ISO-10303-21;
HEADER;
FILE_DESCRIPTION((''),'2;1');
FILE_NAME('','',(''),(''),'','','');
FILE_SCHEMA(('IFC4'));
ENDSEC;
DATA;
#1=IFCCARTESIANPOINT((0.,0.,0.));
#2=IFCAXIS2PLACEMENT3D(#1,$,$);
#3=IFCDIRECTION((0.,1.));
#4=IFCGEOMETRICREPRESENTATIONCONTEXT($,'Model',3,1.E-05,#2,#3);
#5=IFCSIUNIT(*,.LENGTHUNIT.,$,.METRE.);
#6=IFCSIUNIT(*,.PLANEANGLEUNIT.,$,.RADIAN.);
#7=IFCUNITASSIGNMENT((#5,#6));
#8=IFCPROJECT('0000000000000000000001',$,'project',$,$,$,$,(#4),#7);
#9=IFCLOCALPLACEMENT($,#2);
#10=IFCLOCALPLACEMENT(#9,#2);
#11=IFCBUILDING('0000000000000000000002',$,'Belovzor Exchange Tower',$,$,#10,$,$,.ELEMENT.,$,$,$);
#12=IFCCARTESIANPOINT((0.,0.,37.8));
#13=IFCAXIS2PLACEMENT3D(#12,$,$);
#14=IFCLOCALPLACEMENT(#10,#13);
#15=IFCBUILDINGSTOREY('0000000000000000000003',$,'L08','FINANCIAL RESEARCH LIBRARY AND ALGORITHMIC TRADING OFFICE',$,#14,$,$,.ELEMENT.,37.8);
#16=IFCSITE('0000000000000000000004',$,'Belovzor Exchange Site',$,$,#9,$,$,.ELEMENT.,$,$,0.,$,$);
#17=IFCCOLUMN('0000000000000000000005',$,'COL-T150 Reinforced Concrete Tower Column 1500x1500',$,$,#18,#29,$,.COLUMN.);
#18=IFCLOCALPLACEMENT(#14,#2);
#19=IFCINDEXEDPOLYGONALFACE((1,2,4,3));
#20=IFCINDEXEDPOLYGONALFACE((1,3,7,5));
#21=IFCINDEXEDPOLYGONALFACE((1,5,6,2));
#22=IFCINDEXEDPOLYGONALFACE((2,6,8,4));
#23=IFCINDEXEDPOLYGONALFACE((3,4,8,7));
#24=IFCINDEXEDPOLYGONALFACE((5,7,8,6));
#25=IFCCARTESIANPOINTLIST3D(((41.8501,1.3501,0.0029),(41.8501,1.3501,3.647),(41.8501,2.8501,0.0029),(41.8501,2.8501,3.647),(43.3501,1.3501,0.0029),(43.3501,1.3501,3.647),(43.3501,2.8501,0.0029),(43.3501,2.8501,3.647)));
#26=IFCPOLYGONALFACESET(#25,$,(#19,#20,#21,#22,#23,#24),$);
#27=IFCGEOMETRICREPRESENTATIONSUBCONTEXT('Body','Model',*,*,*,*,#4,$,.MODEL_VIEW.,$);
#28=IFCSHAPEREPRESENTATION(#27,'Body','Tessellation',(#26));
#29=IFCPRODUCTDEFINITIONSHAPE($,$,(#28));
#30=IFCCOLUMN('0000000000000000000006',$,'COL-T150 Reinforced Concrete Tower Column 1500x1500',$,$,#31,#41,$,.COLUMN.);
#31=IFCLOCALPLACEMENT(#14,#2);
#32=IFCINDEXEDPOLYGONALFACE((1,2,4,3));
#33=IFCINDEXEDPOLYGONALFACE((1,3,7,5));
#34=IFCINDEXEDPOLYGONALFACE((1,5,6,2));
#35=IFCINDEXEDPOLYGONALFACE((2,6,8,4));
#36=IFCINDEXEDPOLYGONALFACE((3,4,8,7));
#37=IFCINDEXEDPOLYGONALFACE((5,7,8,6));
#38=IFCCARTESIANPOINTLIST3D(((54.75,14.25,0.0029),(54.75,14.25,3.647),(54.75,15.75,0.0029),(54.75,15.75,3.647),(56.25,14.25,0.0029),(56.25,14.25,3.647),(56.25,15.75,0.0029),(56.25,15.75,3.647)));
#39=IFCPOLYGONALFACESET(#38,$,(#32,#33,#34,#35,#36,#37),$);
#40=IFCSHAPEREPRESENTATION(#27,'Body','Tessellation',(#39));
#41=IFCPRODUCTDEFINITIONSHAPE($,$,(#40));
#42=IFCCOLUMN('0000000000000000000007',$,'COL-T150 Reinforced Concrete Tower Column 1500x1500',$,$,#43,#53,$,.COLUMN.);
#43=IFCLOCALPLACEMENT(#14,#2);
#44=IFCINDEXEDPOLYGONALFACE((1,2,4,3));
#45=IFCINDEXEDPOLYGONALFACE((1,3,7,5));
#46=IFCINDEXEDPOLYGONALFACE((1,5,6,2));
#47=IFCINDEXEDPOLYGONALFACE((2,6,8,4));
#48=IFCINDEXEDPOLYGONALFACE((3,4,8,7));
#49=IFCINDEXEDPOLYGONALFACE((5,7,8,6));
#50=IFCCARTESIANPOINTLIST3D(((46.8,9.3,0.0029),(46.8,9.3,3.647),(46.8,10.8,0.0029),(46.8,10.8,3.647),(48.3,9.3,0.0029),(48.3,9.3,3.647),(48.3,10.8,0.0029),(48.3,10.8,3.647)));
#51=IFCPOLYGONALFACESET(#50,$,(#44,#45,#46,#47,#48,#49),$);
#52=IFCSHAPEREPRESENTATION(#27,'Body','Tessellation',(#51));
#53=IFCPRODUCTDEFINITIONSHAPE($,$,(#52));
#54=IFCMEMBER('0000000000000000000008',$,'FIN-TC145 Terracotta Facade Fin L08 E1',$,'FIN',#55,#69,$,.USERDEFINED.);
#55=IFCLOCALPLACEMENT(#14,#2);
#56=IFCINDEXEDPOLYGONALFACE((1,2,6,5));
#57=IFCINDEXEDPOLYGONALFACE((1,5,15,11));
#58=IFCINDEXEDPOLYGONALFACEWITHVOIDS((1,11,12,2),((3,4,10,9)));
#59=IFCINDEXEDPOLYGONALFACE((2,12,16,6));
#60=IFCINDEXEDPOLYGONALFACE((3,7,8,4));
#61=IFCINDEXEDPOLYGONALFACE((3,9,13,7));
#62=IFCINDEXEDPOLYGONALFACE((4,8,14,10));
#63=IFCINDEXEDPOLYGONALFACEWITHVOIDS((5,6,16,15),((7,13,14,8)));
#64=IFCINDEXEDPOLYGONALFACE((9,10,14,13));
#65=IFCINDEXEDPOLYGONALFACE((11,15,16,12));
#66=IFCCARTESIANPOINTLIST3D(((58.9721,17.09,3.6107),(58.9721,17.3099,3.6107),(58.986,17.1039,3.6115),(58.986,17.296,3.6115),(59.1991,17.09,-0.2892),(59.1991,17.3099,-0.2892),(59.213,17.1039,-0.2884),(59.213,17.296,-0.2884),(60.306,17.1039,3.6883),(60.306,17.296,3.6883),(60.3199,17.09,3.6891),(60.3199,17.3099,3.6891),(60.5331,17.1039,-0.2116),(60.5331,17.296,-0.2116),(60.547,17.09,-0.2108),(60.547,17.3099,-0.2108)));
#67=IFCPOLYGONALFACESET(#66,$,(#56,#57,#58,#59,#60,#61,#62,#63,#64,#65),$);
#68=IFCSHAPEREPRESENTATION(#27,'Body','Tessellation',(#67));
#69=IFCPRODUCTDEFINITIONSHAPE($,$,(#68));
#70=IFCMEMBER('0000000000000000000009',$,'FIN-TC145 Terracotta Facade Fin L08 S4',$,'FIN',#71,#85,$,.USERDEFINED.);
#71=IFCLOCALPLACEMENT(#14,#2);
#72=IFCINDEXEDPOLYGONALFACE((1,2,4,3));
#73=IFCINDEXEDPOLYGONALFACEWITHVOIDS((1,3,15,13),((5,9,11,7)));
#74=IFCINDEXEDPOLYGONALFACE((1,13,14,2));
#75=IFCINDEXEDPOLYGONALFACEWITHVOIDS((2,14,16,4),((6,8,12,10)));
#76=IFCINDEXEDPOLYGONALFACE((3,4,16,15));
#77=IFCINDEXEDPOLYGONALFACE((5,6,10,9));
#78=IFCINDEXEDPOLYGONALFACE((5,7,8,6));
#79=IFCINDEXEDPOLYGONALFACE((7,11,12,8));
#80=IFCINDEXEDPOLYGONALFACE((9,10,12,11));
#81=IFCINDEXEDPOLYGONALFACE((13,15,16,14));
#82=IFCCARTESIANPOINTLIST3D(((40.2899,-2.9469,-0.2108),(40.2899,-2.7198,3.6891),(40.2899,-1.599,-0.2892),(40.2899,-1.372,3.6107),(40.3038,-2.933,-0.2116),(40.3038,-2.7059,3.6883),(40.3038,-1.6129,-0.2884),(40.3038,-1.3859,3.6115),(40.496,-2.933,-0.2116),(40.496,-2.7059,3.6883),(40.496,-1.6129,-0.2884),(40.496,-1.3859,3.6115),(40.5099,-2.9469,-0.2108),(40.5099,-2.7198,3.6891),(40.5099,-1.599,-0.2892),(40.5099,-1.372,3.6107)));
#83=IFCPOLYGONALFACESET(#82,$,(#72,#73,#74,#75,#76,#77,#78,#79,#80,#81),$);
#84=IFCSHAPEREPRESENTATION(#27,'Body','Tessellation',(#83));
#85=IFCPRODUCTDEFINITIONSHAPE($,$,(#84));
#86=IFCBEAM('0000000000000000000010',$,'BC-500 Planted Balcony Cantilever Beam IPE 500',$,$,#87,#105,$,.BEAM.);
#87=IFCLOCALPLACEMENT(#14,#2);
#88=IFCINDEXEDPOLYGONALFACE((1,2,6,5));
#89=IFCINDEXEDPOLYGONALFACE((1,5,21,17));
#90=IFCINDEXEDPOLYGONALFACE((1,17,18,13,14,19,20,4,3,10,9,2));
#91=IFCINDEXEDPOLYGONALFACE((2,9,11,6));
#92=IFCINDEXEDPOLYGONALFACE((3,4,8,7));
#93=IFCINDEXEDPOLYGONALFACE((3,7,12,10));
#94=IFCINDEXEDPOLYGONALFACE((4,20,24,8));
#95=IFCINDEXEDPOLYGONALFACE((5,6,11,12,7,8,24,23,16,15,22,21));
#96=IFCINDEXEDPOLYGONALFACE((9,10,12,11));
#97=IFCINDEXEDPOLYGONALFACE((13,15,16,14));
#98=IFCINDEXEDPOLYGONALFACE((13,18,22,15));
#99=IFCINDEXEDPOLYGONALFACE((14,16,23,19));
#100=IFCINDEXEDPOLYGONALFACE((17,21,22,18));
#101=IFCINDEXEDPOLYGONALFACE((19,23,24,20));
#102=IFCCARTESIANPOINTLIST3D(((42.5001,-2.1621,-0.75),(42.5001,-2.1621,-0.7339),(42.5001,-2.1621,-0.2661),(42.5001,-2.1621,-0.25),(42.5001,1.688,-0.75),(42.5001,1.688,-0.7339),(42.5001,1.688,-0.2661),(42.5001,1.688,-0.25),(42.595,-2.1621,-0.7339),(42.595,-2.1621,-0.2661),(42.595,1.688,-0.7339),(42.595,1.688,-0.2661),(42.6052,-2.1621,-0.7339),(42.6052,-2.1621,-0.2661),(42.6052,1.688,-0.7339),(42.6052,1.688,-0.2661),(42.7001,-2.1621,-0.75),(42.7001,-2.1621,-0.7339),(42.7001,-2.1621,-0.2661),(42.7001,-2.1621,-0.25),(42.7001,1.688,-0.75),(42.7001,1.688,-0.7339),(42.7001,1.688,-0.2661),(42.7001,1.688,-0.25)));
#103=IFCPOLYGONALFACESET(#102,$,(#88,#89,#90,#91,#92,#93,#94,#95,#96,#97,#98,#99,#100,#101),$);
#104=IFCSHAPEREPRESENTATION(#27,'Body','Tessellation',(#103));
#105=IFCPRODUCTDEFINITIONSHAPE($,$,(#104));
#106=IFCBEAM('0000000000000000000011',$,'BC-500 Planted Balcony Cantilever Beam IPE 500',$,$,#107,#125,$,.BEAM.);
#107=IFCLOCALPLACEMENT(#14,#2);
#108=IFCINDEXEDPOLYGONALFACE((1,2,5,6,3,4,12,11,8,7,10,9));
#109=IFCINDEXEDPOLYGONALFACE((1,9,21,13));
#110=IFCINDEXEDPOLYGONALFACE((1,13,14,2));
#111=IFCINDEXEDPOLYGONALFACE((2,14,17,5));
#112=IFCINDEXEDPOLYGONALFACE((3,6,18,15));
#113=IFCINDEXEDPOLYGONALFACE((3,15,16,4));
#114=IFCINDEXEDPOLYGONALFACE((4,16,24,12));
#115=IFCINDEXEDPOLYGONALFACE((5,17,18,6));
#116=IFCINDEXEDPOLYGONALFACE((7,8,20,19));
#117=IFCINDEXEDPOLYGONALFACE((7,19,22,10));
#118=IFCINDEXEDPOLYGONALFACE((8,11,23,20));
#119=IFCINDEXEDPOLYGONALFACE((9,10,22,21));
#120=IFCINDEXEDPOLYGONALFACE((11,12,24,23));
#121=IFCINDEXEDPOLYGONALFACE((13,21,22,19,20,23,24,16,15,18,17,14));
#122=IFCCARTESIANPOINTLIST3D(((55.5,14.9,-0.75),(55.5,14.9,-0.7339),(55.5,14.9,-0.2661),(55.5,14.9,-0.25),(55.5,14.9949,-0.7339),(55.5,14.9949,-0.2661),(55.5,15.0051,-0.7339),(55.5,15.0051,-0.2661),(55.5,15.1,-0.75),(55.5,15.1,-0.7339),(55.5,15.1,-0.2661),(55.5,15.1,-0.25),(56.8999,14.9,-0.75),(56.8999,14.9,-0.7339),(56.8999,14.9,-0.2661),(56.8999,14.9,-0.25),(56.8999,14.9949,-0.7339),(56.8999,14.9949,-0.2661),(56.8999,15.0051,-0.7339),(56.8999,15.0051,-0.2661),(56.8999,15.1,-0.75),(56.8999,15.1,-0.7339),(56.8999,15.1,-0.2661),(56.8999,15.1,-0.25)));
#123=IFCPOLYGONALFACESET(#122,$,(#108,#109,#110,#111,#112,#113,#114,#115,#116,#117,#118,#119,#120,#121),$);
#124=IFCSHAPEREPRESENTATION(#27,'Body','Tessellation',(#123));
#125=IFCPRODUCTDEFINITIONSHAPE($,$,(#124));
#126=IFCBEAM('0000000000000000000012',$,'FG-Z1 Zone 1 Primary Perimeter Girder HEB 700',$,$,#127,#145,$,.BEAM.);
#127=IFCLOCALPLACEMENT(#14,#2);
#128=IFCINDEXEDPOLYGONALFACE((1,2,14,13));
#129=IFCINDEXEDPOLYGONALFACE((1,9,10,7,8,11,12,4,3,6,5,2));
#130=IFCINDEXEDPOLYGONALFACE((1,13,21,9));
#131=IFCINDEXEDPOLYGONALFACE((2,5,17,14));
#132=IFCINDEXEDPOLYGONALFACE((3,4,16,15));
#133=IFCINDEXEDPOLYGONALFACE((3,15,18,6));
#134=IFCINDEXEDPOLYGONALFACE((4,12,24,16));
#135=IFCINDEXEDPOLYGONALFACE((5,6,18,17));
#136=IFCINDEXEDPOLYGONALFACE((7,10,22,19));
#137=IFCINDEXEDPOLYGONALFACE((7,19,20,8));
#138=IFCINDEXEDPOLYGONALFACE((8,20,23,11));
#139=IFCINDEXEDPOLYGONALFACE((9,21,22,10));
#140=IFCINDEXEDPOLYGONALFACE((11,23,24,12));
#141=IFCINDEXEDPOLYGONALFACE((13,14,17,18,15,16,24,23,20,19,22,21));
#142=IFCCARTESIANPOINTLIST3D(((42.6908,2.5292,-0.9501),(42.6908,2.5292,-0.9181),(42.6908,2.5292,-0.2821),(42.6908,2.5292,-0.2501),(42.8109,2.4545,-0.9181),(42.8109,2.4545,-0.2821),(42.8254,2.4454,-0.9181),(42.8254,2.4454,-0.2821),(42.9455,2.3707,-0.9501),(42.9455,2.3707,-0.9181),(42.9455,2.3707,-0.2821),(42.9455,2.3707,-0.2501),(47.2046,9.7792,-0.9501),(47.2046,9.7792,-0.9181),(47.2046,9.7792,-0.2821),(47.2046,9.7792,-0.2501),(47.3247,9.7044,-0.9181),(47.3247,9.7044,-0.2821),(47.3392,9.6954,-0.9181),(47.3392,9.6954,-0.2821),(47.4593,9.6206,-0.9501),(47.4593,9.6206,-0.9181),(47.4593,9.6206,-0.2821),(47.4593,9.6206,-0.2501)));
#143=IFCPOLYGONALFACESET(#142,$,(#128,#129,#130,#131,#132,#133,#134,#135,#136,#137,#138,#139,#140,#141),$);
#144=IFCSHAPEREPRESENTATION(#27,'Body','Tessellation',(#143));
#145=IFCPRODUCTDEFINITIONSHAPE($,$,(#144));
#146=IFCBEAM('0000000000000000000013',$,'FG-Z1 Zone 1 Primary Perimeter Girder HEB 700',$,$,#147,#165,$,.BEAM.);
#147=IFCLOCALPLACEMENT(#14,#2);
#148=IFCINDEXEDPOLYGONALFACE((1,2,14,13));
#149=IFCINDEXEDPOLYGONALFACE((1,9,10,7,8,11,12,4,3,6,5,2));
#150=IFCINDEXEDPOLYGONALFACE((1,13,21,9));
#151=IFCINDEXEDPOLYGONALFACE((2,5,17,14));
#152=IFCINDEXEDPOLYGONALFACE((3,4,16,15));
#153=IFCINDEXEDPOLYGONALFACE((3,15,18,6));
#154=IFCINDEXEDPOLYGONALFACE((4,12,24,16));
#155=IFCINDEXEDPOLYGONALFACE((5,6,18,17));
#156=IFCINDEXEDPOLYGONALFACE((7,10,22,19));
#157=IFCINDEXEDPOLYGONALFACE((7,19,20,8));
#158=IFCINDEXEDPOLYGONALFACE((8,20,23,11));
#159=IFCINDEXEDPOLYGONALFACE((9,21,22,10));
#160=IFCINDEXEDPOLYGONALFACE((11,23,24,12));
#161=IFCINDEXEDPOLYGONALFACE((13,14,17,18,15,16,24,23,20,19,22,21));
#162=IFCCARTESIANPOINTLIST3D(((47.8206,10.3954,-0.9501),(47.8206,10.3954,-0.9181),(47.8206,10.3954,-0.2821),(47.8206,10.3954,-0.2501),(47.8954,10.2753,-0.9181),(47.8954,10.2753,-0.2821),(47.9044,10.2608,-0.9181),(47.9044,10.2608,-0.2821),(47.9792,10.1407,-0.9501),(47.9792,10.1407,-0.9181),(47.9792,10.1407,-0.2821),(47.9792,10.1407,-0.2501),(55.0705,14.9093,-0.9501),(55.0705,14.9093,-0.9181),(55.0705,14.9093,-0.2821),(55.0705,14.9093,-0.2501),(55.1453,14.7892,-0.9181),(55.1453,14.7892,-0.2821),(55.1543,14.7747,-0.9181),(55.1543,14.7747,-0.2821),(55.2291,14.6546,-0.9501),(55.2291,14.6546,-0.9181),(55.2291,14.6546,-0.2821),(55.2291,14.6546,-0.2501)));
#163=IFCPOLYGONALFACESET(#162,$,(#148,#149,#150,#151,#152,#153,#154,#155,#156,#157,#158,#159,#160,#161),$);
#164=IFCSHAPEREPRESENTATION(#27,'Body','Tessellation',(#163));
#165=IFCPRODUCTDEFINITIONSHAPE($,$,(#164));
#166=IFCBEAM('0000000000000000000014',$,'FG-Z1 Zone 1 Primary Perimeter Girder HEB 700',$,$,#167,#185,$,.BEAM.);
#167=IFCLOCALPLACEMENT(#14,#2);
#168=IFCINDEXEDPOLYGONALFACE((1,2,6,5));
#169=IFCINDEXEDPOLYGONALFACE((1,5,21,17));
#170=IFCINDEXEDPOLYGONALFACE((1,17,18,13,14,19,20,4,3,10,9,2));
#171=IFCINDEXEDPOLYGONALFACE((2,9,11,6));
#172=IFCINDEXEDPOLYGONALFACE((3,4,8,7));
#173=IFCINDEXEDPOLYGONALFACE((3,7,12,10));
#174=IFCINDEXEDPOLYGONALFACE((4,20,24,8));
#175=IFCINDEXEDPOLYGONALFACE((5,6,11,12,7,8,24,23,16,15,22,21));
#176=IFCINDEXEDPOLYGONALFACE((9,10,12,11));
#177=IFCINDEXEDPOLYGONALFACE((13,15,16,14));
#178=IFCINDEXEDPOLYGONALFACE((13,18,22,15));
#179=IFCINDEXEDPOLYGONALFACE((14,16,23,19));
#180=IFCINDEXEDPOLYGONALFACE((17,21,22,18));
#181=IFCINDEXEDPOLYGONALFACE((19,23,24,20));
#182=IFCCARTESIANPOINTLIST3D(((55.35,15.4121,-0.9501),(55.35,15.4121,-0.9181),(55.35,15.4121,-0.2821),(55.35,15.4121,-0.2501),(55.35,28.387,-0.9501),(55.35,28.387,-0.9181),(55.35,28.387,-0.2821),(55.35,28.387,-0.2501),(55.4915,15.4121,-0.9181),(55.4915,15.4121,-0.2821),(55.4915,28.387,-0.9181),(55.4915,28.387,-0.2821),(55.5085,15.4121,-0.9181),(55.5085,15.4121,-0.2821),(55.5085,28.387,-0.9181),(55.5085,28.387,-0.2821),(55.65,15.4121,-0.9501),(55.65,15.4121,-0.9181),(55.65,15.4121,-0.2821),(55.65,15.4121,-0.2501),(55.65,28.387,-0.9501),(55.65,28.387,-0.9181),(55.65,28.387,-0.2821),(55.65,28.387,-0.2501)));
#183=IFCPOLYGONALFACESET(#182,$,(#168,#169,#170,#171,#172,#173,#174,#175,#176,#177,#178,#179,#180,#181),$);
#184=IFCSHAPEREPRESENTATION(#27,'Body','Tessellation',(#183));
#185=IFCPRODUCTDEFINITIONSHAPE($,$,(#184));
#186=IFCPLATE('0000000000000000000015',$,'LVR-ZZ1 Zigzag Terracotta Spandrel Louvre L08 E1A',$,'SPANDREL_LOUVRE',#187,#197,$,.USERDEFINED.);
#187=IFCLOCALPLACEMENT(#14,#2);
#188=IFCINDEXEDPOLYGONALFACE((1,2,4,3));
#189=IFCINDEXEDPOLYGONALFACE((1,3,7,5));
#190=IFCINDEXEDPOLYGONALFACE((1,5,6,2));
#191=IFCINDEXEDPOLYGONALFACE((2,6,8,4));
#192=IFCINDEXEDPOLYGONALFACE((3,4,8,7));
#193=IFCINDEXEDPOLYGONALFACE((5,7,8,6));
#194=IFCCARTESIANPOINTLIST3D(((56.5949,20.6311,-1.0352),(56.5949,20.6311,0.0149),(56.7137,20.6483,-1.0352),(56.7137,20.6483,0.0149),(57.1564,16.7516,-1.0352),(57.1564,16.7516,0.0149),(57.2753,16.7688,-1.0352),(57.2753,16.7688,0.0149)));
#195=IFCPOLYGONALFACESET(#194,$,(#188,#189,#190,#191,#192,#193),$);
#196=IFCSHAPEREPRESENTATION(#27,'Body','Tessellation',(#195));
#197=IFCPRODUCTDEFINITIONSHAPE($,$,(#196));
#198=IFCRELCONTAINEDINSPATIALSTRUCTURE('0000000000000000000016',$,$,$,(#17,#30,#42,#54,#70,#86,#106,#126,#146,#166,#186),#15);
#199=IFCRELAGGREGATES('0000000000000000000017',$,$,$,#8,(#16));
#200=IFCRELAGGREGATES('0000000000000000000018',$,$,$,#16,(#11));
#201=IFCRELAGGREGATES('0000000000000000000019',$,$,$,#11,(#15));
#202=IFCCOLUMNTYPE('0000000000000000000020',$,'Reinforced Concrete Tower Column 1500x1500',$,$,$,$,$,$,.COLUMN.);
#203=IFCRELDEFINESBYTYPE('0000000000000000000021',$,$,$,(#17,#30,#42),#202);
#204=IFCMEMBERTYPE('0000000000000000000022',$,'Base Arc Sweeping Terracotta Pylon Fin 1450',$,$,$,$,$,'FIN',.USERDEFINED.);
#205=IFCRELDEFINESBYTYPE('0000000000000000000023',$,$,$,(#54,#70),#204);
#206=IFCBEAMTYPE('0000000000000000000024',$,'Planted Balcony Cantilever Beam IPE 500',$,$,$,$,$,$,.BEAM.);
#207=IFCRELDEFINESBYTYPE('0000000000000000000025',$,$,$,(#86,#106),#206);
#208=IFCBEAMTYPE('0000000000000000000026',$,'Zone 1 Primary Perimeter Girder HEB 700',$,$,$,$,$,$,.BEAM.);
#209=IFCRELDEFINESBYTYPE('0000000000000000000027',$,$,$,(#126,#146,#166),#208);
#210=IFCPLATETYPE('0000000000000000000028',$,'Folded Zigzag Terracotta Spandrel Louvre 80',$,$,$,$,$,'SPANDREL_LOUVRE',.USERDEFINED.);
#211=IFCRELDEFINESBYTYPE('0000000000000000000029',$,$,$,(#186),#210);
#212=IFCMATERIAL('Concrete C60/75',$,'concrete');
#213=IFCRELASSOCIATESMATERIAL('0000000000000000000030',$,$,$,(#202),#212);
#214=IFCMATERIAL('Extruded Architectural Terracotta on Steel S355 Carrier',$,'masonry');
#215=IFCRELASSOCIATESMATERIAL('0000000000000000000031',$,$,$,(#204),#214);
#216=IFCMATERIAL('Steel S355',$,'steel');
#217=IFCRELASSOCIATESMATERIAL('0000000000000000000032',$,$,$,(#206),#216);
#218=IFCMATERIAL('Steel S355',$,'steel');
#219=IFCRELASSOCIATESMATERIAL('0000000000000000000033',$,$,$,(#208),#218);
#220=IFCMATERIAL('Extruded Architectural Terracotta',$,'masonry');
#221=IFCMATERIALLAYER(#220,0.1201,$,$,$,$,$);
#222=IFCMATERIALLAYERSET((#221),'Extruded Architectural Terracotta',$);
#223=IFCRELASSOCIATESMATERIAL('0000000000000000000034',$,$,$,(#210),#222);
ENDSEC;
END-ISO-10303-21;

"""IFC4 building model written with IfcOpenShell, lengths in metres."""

from ifc_helpers import new_model, si_unit, direction, frame, origin, origin_2d, place, context, subcontext, project, spatial, rectangle, hollow_rectangle, i_section, extrude, material, layer, layer_set, material_profile, profile_set, type_object, element, save


model = new_model("IFC4")

# Units and contexts
model_context = context("Model", 3, precision=1e-05, world=origin(), true_north=direction((0.0, 1.0)))
body_context = subcontext(model_context, "Body", "Model", "MODEL_VIEW")
ifc_project = project(units=[si_unit("LENGTHUNIT", "METRE"), si_unit("PLANEANGLEUNIT", "RADIAN")], contexts=[model_context])

# Site, building, storey
site_placement = place(None, origin())
site = spatial("IfcSite", under=ifc_project, at=site_placement, Name="Belovzor Exchange Site", CompositionType="ELEMENT", RefElevation=0.0)
building_placement = place(site_placement, origin())
building = spatial("IfcBuilding", under=site, at=building_placement, Name="Belovzor Exchange Tower", CompositionType="ELEMENT")
storey_placement = place(building_placement, frame((0.0, 0.0, 37.8)))
storey = spatial("IfcBuildingStorey", under=building, at=storey_placement, Name="L08", Description="FINANCIAL RESEARCH LIBRARY AND ALGORITHMIC TRADING OFFICE", CompositionType="ELEMENT", Elevation=37.8)

# Columns
ifc_material_1 = material(Name="Concrete C60/75", Category="concrete")
ifc_material_profile_1 = material_profile(ifc_material_1, rectangle(XDim=1.5, YDim=1.5, at=origin_2d()))
ifc_profile_set_1 = profile_set([ifc_material_profile_1], Name="Concrete C60/75")
column_type = type_object("IfcColumnType", Name="Reinforced Concrete Tower Column 1500x1500", PredefinedType="COLUMN", material=ifc_profile_set_1)
for number, where, z_axis, x_axis, name in (
    (1, (42.6001, 2.1001, 0.0029), (0.0, 0.0, 1.0), (1.0, 0.0, 0.0), "COL-T150 Reinforced Concrete Tower Column 1500x1500"),
    (2, (55.5, 15.0, 0.0029), (0.0, 0.0, 1.0), (1.0, 0.0, 0.0), "COL-T150 Reinforced Concrete Tower Column 1500x1500"),
    (3, (47.55, 10.05, 0.0029), (0.0, 0.0, 1.0), (1.0, 0.0, 0.0), "COL-T150 Reinforced Concrete Tower Column 1500x1500"),
):
    element("IfcColumn", number, at=place(storey_placement, frame(where, z_axis=z_axis, x_axis=x_axis)), inside=storey, type_object=column_type, Name=name, PredefinedType="COLUMN", context=body_context, shape_type="SweptSolid", body=[
        extrude(rectangle(XDim=1.5, YDim=1.5, at=origin_2d()), origin(), (0.0, 0.0, 1.0), 3.644),
    ])

# Members
ifc_material_2 = material(Name="Extruded Architectural Terracotta on Steel S355 Carrier", Category="masonry")
ifc_material_profile_2 = material_profile(ifc_material_2, hollow_rectangle(XDim=0.22, YDim=1.3501, WallThickness=0.0139, at=origin_2d()))
ifc_profile_set_2 = profile_set([ifc_material_profile_2], Name="Extruded Architectural Terracotta on Steel S355 Carrier")
member_type = type_object("IfcMemberType", Name="Base Arc Sweeping Terracotta Pylon Fin 1450", ElementType="FIN", PredefinedType="USERDEFINED", material=ifc_profile_set_2)
for number, where, z_axis, x_axis, name in (
    (4, (59.873, 17.2, -0.25), (-0.058121, 0.0, 0.99831), (0.0, -1.0, 0.0), "FIN-TC145 Terracotta Facade Fin L08 E1"),
    (5, (40.3999, -2.2729, -0.25), (0.0, 0.058121, 0.99831), (-1.0, 0.0, 0.0), "FIN-TC145 Terracotta Facade Fin L08 S4"),
):
    element("IfcMember", number, at=place(storey_placement, frame(where, z_axis=z_axis, x_axis=x_axis)), inside=storey, type_object=member_type, Name=name, ObjectType="FIN", PredefinedType="USERDEFINED", context=body_context, shape_type="SweptSolid", body=[
        extrude(hollow_rectangle(XDim=0.22, YDim=1.3501, WallThickness=0.0139, at=origin_2d()), origin(), (0.0, 0.0, 1.0), 3.9065),
    ])

# Beams
ifc_material_3 = material(Name="Steel S355", Category="steel")
ifc_material_profile_3 = material_profile(ifc_material_3, i_section(OverallWidth=0.2, OverallDepth=0.5, WebThickness=0.0103, FlangeThickness=0.0161, at=origin_2d()))
ifc_profile_set_3 = profile_set([ifc_material_profile_3], Name="Steel S355")
beam_type_1 = type_object("IfcBeamType", Name="Planted Balcony Cantilever Beam IPE 500", PredefinedType="BEAM", material=ifc_profile_set_3)
beam_1_placement = place(storey_placement, frame((42.6001, 1.688, -0.5), z_axis=(0.0, -1.0, 0.0), x_axis=(1.0, 0.0, 0.0)))
element("IfcBeam", 6, at=beam_1_placement, inside=storey, type_object=beam_type_1, Name="BC-500 Planted Balcony Cantilever Beam IPE 500", PredefinedType="BEAM", context=body_context, shape_type="SweptSolid", body=[
    extrude(i_section(OverallWidth=0.2, OverallDepth=0.5, WebThickness=0.0103, FlangeThickness=0.0161, at=origin_2d()), origin(), (0.0, 0.0, 1.0), 3.8501),
])
beam_2_placement = place(storey_placement, frame((55.5, 15.0, -0.5), z_axis=(1.0, 0.0, 0.0), x_axis=(0.0, 1.0, 0.0)))
element("IfcBeam", 7, at=beam_2_placement, inside=storey, type_object=beam_type_1, Name="BC-500 Planted Balcony Cantilever Beam IPE 500", PredefinedType="BEAM", context=body_context, shape_type="SweptSolid", body=[
    extrude(i_section(OverallWidth=0.2, OverallDepth=0.5, WebThickness=0.0103, FlangeThickness=0.0161, at=origin_2d()), origin(), (0.0, 0.0, 1.0), 1.3999),
])
ifc_material_4 = material(Name="Steel S355", Category="steel")
ifc_material_profile_4 = material_profile(ifc_material_4, i_section(OverallWidth=0.3, OverallDepth=0.7, WebThickness=0.0171, FlangeThickness=0.032, at=origin_2d()))
ifc_profile_set_4 = profile_set([ifc_material_profile_4], Name="Steel S355")
beam_type_2 = type_object("IfcBeamType", Name="Zone 1 Primary Perimeter Girder HEB 700", PredefinedType="BEAM", material=ifc_profile_set_4)
for number, where, z_axis, x_axis, name in (
    (8, (42.8181, 2.45, -0.6001), (0.528539, 0.848909, 0.0), (-0.848909, 0.528539, 0.0), "FG-Z1 Zone 1 Primary Perimeter Girder HEB 700"),
    (9, (47.8999, 10.2681, -0.6001), (0.848909, 0.528539, 0.0), (-0.528539, 0.848909, 0.0), "FG-Z1 Zone 1 Primary Perimeter Girder HEB 700"),
):
    element("IfcBeam", number, at=place(storey_placement, frame(where, z_axis=z_axis, x_axis=x_axis)), inside=storey, type_object=beam_type_2, Name=name, PredefinedType="BEAM", context=body_context, shape_type="SweptSolid", body=[
        extrude(i_section(OverallWidth=0.3, OverallDepth=0.7, WebThickness=0.0171, FlangeThickness=0.032, at=origin_2d()), origin(), (0.0, 0.0, 1.0), 8.5403),
    ])
beam_3_placement = place(storey_placement, frame((55.5, 15.4121, -0.6001), z_axis=(0.0, 1.0, 0.0), x_axis=(-1.0, 0.0, 0.0)))
element("IfcBeam", 10, at=beam_3_placement, inside=storey, type_object=beam_type_2, Name="FG-Z1 Zone 1 Primary Perimeter Girder HEB 700", PredefinedType="BEAM", context=body_context, shape_type="SweptSolid", body=[
    extrude(i_section(OverallWidth=0.3, OverallDepth=0.7, WebThickness=0.0171, FlangeThickness=0.032, at=origin_2d()), origin(), (0.0, 0.0, 1.0), 12.9749),
])

# Plate
ifc_material_5 = material(Name="Extruded Architectural Terracotta", Category="masonry")
ifc_layer_1 = layer(ifc_material_5, 0.1201)
ifc_layer_set_1 = layer_set([ifc_layer_1], Name="Extruded Architectural Terracotta")
plate_type = type_object("IfcPlateType", Name="Folded Zigzag Terracotta Spandrel Louvre 80", ElementType="SPANDREL_LOUVRE", PredefinedType="USERDEFINED", material=ifc_layer_set_1)
plate_placement = place(storey_placement, frame((56.9351, 18.7, -1.0352), z_axis=(0.0, 0.0, 1.0), x_axis=(-0.143251, 0.989686, 0.0)))
element("IfcPlate", 11, at=plate_placement, inside=storey, type_object=plate_type, Name="LVR-ZZ1 Zigzag Terracotta Spandrel Louvre L08 E1A", ObjectType="SPANDREL_LOUVRE", PredefinedType="USERDEFINED", context=body_context, shape_type="SweptSolid", body=[
    extrude(rectangle(XDim=3.9199, YDim=0.1201, at=origin_2d()), origin(), (0.0, 0.0, 1.0), 1.05),
])

save(model, "model.ifc")
